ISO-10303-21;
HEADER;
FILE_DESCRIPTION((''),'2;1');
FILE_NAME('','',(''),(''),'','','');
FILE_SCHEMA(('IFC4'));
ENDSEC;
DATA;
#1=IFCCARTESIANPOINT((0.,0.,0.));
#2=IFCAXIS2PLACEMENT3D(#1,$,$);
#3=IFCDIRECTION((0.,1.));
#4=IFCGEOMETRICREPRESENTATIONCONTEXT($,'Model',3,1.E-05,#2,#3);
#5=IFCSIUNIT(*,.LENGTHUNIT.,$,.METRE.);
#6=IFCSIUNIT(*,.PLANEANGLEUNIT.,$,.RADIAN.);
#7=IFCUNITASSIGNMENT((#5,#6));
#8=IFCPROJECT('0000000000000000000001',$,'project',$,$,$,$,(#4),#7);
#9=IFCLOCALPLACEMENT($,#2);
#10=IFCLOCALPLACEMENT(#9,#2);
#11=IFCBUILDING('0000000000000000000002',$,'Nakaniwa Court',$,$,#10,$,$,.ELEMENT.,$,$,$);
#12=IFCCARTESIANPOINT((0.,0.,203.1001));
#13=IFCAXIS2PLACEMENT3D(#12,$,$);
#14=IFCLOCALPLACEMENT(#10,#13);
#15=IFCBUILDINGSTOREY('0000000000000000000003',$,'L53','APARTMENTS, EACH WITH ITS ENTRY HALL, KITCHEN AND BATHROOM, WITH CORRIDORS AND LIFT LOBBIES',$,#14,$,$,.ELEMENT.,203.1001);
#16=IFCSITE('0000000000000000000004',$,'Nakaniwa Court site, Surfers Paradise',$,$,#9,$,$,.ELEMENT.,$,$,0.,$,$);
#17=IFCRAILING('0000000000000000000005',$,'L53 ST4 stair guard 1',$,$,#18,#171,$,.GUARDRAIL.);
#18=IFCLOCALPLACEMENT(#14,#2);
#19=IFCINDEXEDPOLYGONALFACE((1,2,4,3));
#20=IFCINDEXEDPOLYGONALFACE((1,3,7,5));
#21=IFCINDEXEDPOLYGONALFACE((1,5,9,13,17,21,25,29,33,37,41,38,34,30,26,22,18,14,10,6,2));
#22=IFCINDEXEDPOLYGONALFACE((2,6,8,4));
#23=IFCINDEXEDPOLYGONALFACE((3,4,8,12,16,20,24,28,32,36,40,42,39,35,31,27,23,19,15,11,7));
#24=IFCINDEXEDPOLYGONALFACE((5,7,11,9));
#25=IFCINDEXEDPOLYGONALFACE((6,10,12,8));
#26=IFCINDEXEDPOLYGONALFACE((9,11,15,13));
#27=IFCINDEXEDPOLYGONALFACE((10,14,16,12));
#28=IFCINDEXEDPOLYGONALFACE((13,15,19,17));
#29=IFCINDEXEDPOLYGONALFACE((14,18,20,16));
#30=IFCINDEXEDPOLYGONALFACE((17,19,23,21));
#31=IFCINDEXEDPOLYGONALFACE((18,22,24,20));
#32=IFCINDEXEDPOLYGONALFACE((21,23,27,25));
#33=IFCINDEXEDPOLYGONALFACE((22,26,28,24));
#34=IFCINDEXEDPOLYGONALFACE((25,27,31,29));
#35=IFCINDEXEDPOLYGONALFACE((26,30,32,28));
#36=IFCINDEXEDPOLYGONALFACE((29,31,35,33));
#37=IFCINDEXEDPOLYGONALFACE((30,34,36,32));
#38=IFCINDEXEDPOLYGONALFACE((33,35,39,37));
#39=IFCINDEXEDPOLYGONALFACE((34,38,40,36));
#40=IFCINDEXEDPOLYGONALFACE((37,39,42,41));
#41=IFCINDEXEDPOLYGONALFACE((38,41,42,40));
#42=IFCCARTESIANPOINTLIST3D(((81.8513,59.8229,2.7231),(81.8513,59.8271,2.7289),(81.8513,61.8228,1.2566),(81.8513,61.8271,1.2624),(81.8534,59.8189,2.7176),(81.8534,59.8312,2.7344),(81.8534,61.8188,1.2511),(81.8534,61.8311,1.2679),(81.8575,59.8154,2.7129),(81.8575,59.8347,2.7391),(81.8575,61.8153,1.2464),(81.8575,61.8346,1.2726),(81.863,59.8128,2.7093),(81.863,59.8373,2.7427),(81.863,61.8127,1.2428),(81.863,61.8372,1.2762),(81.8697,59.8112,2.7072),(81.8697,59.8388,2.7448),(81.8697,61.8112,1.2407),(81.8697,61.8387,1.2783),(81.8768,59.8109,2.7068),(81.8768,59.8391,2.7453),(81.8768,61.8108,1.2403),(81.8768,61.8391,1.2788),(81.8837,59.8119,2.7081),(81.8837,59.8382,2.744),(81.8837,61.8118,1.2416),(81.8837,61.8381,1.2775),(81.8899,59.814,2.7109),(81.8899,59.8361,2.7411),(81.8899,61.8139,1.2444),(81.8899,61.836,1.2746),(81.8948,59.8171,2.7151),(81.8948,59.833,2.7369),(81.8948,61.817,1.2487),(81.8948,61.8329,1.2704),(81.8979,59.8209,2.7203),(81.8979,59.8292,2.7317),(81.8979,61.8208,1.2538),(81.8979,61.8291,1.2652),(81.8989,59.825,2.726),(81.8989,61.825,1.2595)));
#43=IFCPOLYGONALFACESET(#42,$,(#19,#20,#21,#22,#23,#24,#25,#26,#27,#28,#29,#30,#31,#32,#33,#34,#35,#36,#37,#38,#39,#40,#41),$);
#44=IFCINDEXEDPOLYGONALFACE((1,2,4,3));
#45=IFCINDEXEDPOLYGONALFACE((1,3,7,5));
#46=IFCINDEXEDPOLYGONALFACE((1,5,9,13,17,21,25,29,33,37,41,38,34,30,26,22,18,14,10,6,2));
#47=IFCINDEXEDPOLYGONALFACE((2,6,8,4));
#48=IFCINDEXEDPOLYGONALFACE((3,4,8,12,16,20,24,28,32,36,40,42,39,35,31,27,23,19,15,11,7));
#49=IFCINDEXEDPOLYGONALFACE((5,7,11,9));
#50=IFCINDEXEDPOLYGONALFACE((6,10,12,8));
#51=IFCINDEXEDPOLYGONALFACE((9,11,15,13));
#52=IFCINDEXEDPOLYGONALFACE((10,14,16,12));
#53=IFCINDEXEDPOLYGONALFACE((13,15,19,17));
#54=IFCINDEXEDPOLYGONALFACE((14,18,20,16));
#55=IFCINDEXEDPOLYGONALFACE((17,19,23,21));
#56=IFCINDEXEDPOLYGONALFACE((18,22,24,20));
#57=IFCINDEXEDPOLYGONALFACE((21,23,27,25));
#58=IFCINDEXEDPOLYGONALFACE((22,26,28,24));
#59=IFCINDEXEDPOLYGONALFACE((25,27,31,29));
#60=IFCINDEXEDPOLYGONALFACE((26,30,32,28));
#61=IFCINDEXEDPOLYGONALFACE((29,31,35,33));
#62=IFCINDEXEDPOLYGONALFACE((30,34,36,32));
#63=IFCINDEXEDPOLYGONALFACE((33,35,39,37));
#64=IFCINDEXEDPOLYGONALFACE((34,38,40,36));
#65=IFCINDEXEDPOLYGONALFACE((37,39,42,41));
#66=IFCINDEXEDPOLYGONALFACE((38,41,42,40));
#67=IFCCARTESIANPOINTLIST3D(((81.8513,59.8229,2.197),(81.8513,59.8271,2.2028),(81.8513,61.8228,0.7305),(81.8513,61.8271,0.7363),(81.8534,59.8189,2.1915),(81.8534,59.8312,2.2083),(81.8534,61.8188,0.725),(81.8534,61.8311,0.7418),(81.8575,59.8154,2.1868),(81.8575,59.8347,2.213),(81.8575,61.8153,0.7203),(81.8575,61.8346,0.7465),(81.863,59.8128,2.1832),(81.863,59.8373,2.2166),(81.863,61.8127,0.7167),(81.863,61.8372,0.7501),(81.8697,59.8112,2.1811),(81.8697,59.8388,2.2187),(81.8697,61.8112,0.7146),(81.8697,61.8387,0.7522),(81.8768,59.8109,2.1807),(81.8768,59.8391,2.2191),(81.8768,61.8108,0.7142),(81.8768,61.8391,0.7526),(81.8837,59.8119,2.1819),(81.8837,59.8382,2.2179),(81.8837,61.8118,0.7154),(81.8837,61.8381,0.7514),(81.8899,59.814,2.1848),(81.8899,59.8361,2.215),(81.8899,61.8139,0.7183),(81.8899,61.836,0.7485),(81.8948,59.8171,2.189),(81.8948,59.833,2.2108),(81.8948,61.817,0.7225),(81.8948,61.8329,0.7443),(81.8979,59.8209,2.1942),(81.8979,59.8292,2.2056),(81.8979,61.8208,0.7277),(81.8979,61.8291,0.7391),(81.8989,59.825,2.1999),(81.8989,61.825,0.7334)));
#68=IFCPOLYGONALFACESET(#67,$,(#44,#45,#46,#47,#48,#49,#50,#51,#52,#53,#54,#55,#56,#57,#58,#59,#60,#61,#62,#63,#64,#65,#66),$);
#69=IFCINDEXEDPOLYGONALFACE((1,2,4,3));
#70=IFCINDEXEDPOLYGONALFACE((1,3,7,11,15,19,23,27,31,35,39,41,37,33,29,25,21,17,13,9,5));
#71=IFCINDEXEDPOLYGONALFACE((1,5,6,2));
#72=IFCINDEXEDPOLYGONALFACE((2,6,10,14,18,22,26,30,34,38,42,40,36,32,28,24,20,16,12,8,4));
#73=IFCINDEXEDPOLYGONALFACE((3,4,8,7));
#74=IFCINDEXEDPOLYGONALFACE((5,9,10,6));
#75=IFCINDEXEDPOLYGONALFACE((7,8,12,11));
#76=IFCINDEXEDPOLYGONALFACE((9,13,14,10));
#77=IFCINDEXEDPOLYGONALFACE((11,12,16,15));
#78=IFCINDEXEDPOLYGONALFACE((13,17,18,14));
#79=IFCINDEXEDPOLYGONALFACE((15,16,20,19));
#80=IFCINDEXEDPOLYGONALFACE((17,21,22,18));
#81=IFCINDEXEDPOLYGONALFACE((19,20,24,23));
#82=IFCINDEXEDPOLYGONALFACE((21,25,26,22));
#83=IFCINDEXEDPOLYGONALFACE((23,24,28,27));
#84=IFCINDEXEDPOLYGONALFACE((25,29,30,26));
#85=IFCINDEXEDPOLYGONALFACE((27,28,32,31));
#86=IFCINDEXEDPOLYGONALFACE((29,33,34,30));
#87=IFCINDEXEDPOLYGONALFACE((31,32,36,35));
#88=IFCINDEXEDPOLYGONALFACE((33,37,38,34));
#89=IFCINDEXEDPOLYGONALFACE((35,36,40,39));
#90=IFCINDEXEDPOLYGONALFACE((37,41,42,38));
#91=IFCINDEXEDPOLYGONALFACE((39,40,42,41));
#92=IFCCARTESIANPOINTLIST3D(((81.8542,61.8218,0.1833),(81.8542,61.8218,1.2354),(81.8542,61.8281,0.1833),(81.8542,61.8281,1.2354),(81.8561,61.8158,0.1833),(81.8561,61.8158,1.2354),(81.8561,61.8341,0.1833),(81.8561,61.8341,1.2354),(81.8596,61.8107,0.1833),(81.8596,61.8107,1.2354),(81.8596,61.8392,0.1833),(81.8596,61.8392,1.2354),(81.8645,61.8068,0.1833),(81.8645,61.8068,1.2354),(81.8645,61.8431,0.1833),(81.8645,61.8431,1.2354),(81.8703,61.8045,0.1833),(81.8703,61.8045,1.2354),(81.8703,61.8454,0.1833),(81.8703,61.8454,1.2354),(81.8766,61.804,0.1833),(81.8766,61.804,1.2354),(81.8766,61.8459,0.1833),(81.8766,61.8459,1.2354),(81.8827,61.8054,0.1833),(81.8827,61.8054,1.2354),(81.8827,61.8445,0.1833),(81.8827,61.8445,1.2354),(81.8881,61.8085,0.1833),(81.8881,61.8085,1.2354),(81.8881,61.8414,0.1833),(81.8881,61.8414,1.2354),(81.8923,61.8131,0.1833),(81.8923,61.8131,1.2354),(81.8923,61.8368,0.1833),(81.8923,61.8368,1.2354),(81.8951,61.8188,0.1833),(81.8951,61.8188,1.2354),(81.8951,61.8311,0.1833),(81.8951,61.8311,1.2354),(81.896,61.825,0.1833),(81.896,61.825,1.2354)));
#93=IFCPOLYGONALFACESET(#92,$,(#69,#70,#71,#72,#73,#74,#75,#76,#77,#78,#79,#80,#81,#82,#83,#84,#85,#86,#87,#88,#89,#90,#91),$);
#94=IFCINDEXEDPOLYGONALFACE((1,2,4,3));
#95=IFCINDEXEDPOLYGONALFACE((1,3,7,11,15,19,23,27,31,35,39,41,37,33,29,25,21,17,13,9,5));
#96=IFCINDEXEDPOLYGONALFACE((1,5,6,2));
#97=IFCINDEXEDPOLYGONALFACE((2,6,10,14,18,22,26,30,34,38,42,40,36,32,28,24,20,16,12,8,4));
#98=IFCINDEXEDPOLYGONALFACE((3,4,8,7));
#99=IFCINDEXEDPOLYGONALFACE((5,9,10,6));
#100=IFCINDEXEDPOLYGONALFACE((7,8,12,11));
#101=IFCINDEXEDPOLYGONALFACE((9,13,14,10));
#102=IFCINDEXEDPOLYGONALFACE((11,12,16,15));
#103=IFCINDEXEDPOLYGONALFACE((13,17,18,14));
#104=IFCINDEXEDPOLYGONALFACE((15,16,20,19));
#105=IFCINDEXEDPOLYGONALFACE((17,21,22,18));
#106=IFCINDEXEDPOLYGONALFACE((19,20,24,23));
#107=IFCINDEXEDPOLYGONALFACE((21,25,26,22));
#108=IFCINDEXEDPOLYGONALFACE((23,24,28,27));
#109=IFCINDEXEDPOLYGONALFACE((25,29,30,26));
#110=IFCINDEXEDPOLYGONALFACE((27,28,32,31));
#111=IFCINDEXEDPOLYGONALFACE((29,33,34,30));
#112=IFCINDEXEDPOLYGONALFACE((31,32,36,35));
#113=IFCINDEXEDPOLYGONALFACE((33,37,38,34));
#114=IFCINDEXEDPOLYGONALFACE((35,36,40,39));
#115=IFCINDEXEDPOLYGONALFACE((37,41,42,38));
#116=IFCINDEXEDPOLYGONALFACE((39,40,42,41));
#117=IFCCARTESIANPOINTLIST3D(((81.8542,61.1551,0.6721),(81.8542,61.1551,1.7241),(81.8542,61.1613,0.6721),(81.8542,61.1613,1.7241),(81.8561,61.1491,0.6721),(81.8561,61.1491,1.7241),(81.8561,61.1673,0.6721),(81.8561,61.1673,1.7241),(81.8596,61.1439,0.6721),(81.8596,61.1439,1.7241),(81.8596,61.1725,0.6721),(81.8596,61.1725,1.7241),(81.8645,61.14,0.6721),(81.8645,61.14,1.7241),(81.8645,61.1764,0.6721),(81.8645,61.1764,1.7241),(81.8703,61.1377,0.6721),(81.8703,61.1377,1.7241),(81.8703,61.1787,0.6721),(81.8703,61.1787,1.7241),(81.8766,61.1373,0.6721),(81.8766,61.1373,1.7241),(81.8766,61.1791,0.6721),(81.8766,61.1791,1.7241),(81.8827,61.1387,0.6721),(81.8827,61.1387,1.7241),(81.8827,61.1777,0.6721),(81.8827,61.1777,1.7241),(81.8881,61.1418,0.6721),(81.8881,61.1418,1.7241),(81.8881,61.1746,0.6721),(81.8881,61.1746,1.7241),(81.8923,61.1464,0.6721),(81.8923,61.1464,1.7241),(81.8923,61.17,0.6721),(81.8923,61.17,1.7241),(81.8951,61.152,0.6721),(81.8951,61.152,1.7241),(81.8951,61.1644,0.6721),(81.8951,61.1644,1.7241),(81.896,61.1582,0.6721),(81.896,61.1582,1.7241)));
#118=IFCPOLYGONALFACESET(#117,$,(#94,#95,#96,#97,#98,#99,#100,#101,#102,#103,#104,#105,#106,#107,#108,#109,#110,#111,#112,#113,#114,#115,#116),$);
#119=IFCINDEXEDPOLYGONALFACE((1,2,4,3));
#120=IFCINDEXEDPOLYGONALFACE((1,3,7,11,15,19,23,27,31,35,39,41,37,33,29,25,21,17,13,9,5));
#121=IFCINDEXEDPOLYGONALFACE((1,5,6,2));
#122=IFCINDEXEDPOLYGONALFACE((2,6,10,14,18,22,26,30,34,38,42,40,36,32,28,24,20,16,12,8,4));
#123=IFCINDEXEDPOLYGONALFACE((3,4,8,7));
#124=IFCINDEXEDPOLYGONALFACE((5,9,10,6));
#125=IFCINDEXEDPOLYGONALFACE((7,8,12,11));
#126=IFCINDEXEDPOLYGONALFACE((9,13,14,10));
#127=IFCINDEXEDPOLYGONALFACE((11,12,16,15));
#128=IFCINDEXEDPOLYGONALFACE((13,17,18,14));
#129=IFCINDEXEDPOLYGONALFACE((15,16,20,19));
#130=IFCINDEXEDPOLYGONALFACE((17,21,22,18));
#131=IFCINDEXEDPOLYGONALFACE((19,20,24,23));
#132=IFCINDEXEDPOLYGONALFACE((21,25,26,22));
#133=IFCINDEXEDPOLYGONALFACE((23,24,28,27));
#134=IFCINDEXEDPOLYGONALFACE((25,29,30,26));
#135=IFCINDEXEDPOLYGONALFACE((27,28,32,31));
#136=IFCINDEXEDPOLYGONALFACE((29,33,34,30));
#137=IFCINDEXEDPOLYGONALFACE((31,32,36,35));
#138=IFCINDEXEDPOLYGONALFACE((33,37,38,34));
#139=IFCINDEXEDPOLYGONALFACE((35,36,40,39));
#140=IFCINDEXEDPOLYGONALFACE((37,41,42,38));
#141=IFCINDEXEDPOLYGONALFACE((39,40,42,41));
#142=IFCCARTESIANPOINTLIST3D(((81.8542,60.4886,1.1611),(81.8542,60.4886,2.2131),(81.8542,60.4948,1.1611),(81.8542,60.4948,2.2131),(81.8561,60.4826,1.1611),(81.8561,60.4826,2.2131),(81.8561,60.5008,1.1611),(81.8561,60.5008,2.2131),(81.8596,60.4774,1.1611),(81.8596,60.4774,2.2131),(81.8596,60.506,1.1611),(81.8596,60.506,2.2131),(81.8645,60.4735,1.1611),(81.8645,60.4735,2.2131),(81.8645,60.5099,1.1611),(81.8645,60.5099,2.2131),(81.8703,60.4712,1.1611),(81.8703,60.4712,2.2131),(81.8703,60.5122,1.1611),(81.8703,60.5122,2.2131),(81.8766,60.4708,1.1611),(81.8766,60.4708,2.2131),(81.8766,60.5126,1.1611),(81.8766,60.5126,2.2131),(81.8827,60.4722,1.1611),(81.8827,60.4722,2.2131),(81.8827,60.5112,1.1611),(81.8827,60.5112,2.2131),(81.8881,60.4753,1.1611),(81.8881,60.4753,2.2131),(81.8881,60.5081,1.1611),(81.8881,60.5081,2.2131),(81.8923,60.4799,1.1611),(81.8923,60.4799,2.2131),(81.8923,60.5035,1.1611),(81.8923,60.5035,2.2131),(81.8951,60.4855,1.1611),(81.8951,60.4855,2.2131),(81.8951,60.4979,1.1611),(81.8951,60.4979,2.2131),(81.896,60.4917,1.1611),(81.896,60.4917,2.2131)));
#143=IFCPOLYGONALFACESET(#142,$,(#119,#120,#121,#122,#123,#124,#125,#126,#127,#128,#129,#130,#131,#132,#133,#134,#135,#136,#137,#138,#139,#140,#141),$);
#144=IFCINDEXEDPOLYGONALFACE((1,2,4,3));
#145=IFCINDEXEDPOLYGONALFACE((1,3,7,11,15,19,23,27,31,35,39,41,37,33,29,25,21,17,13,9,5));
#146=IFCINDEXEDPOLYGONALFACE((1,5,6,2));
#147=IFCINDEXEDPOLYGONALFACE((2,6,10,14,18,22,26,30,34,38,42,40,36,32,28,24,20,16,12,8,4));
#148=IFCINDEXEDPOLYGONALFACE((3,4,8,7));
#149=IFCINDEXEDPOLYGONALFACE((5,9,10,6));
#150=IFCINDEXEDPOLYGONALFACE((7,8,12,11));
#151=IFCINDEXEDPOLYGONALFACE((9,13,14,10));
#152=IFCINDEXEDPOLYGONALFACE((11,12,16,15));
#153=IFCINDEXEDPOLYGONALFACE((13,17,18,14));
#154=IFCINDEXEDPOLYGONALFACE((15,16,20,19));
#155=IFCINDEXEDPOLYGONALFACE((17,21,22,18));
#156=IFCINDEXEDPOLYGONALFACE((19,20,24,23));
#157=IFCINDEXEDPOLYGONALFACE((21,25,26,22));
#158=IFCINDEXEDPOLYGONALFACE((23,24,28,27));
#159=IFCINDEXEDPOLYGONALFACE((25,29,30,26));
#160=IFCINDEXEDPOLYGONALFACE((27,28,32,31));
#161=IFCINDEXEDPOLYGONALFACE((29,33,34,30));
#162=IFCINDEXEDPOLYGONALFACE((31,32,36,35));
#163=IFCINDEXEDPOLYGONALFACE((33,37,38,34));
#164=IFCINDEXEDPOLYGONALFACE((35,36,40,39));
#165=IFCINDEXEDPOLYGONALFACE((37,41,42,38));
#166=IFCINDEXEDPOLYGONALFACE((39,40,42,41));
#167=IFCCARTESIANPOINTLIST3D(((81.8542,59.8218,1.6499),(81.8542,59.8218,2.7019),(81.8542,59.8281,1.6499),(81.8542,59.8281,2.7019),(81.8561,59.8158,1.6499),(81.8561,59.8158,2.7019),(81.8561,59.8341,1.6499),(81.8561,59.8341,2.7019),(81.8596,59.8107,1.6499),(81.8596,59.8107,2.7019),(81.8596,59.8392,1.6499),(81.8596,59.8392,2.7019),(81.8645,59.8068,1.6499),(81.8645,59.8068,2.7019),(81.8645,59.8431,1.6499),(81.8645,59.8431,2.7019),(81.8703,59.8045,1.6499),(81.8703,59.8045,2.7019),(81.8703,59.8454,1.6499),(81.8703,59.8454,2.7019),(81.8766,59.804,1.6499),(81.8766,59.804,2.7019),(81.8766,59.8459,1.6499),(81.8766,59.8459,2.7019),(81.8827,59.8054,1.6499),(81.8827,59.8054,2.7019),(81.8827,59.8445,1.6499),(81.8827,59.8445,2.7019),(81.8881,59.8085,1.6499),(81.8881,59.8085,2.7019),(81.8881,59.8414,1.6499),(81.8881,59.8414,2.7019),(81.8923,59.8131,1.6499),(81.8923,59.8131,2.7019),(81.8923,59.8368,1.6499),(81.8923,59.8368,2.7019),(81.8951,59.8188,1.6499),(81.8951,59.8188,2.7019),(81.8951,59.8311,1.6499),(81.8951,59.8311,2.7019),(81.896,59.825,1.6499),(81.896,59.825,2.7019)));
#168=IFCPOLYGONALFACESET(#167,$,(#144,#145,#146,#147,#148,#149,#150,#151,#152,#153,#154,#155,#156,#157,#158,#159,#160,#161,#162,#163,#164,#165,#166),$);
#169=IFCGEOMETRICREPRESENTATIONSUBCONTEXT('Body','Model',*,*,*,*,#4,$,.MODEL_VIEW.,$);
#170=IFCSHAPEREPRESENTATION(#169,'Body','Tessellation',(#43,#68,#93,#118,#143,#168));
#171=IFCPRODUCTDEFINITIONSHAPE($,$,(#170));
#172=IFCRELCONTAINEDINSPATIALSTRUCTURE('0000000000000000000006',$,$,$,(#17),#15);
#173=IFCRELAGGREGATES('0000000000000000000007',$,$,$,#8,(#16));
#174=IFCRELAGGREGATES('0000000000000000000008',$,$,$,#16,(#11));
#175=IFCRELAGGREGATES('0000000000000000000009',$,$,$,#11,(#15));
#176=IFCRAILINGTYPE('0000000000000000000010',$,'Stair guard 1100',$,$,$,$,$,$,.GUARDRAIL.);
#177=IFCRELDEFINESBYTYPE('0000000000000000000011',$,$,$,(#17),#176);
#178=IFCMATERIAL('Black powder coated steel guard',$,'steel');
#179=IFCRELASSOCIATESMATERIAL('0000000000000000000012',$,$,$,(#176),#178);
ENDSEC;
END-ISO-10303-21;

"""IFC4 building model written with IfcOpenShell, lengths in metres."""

from ifc_helpers import new_model, si_unit, direction, frame, origin, origin_2d, place, context, subcontext, project, spatial, circle, extrude, material, type_object, element, save


model = new_model("IFC4")

# Units and contexts
model_context = context("Model", 3, precision=1e-05, world=origin(), true_north=direction((0.0, 1.0)))
body_context = subcontext(model_context, "Body", "Model", "MODEL_VIEW")
ifc_project = project(units=[si_unit("LENGTHUNIT", "METRE"), si_unit("PLANEANGLEUNIT", "RADIAN")], contexts=[model_context])

# Site, building, storey
site_placement = place(None, origin())
site = spatial("IfcSite", under=ifc_project, at=site_placement, Name="Nakaniwa Court site, Surfers Paradise", CompositionType="ELEMENT", RefElevation=0.0)
building_placement = place(site_placement, origin())
building = spatial("IfcBuilding", under=site, at=building_placement, Name="Nakaniwa Court", CompositionType="ELEMENT")
storey_placement = place(building_placement, frame((0.0, 0.0, 203.1001)))
storey = spatial("IfcBuildingStorey", under=building, at=storey_placement, Name="L53", Description="APARTMENTS, EACH WITH ITS ENTRY HALL, KITCHEN AND BATHROOM, WITH CORRIDORS AND LIFT LOBBIES", CompositionType="ELEMENT", Elevation=203.1001)

# Railing
ifc_material_1 = material(Name="Black powder coated steel guard", Category="steel")
railing_type_1 = type_object("IfcRailingType", Name="Stair guard 1100", PredefinedType="GUARDRAIL", material=ifc_material_1)
railing_1_placement = place(storey_placement, frame((81.875, 61.825, 0.1833)))
element("IfcRailing", 1, at=railing_1_placement, inside=storey, type_object=railing_type_1, Name="L53 ST4 stair guard 1", PredefinedType="GUARDRAIL", context=body_context, shape_type="SweptSolid", body=[
    extrude(circle(Radius=0.0239, at=origin_2d()), frame((0.0, 0.0, 1.0762), z_axis=(0.0, -0.806427, 0.591334), x_axis=(1.0, 0.0, 0.0)), (0.0, 0.0, 1.0), 2.48),
    extrude(circle(Radius=0.0239, at=origin_2d()), frame((0.0, 0.0, 0.55), z_axis=(0.0, -0.806427, 0.591334), x_axis=(1.0, 0.0, 0.0)), (0.0, 0.0, 1.0), 2.48),
    extrude(circle(Radius=0.021, at=origin_2d()), origin(), (0.0, 0.0, 1.0), 1.052),
    extrude(circle(Radius=0.021, at=origin_2d()), frame((0.0, -0.6667, 0.4888)), (0.0, 0.0, 1.0), 1.052),
    extrude(circle(Radius=0.021, at=origin_2d()), frame((0.0, -1.3333, 0.9778)), (0.0, 0.0, 1.0), 1.052),
    extrude(circle(Radius=0.021, at=origin_2d()), frame((0.0, -2.0, 1.4666)), (0.0, 0.0, 1.0), 1.052),
])

save(model, "model.ifc")
